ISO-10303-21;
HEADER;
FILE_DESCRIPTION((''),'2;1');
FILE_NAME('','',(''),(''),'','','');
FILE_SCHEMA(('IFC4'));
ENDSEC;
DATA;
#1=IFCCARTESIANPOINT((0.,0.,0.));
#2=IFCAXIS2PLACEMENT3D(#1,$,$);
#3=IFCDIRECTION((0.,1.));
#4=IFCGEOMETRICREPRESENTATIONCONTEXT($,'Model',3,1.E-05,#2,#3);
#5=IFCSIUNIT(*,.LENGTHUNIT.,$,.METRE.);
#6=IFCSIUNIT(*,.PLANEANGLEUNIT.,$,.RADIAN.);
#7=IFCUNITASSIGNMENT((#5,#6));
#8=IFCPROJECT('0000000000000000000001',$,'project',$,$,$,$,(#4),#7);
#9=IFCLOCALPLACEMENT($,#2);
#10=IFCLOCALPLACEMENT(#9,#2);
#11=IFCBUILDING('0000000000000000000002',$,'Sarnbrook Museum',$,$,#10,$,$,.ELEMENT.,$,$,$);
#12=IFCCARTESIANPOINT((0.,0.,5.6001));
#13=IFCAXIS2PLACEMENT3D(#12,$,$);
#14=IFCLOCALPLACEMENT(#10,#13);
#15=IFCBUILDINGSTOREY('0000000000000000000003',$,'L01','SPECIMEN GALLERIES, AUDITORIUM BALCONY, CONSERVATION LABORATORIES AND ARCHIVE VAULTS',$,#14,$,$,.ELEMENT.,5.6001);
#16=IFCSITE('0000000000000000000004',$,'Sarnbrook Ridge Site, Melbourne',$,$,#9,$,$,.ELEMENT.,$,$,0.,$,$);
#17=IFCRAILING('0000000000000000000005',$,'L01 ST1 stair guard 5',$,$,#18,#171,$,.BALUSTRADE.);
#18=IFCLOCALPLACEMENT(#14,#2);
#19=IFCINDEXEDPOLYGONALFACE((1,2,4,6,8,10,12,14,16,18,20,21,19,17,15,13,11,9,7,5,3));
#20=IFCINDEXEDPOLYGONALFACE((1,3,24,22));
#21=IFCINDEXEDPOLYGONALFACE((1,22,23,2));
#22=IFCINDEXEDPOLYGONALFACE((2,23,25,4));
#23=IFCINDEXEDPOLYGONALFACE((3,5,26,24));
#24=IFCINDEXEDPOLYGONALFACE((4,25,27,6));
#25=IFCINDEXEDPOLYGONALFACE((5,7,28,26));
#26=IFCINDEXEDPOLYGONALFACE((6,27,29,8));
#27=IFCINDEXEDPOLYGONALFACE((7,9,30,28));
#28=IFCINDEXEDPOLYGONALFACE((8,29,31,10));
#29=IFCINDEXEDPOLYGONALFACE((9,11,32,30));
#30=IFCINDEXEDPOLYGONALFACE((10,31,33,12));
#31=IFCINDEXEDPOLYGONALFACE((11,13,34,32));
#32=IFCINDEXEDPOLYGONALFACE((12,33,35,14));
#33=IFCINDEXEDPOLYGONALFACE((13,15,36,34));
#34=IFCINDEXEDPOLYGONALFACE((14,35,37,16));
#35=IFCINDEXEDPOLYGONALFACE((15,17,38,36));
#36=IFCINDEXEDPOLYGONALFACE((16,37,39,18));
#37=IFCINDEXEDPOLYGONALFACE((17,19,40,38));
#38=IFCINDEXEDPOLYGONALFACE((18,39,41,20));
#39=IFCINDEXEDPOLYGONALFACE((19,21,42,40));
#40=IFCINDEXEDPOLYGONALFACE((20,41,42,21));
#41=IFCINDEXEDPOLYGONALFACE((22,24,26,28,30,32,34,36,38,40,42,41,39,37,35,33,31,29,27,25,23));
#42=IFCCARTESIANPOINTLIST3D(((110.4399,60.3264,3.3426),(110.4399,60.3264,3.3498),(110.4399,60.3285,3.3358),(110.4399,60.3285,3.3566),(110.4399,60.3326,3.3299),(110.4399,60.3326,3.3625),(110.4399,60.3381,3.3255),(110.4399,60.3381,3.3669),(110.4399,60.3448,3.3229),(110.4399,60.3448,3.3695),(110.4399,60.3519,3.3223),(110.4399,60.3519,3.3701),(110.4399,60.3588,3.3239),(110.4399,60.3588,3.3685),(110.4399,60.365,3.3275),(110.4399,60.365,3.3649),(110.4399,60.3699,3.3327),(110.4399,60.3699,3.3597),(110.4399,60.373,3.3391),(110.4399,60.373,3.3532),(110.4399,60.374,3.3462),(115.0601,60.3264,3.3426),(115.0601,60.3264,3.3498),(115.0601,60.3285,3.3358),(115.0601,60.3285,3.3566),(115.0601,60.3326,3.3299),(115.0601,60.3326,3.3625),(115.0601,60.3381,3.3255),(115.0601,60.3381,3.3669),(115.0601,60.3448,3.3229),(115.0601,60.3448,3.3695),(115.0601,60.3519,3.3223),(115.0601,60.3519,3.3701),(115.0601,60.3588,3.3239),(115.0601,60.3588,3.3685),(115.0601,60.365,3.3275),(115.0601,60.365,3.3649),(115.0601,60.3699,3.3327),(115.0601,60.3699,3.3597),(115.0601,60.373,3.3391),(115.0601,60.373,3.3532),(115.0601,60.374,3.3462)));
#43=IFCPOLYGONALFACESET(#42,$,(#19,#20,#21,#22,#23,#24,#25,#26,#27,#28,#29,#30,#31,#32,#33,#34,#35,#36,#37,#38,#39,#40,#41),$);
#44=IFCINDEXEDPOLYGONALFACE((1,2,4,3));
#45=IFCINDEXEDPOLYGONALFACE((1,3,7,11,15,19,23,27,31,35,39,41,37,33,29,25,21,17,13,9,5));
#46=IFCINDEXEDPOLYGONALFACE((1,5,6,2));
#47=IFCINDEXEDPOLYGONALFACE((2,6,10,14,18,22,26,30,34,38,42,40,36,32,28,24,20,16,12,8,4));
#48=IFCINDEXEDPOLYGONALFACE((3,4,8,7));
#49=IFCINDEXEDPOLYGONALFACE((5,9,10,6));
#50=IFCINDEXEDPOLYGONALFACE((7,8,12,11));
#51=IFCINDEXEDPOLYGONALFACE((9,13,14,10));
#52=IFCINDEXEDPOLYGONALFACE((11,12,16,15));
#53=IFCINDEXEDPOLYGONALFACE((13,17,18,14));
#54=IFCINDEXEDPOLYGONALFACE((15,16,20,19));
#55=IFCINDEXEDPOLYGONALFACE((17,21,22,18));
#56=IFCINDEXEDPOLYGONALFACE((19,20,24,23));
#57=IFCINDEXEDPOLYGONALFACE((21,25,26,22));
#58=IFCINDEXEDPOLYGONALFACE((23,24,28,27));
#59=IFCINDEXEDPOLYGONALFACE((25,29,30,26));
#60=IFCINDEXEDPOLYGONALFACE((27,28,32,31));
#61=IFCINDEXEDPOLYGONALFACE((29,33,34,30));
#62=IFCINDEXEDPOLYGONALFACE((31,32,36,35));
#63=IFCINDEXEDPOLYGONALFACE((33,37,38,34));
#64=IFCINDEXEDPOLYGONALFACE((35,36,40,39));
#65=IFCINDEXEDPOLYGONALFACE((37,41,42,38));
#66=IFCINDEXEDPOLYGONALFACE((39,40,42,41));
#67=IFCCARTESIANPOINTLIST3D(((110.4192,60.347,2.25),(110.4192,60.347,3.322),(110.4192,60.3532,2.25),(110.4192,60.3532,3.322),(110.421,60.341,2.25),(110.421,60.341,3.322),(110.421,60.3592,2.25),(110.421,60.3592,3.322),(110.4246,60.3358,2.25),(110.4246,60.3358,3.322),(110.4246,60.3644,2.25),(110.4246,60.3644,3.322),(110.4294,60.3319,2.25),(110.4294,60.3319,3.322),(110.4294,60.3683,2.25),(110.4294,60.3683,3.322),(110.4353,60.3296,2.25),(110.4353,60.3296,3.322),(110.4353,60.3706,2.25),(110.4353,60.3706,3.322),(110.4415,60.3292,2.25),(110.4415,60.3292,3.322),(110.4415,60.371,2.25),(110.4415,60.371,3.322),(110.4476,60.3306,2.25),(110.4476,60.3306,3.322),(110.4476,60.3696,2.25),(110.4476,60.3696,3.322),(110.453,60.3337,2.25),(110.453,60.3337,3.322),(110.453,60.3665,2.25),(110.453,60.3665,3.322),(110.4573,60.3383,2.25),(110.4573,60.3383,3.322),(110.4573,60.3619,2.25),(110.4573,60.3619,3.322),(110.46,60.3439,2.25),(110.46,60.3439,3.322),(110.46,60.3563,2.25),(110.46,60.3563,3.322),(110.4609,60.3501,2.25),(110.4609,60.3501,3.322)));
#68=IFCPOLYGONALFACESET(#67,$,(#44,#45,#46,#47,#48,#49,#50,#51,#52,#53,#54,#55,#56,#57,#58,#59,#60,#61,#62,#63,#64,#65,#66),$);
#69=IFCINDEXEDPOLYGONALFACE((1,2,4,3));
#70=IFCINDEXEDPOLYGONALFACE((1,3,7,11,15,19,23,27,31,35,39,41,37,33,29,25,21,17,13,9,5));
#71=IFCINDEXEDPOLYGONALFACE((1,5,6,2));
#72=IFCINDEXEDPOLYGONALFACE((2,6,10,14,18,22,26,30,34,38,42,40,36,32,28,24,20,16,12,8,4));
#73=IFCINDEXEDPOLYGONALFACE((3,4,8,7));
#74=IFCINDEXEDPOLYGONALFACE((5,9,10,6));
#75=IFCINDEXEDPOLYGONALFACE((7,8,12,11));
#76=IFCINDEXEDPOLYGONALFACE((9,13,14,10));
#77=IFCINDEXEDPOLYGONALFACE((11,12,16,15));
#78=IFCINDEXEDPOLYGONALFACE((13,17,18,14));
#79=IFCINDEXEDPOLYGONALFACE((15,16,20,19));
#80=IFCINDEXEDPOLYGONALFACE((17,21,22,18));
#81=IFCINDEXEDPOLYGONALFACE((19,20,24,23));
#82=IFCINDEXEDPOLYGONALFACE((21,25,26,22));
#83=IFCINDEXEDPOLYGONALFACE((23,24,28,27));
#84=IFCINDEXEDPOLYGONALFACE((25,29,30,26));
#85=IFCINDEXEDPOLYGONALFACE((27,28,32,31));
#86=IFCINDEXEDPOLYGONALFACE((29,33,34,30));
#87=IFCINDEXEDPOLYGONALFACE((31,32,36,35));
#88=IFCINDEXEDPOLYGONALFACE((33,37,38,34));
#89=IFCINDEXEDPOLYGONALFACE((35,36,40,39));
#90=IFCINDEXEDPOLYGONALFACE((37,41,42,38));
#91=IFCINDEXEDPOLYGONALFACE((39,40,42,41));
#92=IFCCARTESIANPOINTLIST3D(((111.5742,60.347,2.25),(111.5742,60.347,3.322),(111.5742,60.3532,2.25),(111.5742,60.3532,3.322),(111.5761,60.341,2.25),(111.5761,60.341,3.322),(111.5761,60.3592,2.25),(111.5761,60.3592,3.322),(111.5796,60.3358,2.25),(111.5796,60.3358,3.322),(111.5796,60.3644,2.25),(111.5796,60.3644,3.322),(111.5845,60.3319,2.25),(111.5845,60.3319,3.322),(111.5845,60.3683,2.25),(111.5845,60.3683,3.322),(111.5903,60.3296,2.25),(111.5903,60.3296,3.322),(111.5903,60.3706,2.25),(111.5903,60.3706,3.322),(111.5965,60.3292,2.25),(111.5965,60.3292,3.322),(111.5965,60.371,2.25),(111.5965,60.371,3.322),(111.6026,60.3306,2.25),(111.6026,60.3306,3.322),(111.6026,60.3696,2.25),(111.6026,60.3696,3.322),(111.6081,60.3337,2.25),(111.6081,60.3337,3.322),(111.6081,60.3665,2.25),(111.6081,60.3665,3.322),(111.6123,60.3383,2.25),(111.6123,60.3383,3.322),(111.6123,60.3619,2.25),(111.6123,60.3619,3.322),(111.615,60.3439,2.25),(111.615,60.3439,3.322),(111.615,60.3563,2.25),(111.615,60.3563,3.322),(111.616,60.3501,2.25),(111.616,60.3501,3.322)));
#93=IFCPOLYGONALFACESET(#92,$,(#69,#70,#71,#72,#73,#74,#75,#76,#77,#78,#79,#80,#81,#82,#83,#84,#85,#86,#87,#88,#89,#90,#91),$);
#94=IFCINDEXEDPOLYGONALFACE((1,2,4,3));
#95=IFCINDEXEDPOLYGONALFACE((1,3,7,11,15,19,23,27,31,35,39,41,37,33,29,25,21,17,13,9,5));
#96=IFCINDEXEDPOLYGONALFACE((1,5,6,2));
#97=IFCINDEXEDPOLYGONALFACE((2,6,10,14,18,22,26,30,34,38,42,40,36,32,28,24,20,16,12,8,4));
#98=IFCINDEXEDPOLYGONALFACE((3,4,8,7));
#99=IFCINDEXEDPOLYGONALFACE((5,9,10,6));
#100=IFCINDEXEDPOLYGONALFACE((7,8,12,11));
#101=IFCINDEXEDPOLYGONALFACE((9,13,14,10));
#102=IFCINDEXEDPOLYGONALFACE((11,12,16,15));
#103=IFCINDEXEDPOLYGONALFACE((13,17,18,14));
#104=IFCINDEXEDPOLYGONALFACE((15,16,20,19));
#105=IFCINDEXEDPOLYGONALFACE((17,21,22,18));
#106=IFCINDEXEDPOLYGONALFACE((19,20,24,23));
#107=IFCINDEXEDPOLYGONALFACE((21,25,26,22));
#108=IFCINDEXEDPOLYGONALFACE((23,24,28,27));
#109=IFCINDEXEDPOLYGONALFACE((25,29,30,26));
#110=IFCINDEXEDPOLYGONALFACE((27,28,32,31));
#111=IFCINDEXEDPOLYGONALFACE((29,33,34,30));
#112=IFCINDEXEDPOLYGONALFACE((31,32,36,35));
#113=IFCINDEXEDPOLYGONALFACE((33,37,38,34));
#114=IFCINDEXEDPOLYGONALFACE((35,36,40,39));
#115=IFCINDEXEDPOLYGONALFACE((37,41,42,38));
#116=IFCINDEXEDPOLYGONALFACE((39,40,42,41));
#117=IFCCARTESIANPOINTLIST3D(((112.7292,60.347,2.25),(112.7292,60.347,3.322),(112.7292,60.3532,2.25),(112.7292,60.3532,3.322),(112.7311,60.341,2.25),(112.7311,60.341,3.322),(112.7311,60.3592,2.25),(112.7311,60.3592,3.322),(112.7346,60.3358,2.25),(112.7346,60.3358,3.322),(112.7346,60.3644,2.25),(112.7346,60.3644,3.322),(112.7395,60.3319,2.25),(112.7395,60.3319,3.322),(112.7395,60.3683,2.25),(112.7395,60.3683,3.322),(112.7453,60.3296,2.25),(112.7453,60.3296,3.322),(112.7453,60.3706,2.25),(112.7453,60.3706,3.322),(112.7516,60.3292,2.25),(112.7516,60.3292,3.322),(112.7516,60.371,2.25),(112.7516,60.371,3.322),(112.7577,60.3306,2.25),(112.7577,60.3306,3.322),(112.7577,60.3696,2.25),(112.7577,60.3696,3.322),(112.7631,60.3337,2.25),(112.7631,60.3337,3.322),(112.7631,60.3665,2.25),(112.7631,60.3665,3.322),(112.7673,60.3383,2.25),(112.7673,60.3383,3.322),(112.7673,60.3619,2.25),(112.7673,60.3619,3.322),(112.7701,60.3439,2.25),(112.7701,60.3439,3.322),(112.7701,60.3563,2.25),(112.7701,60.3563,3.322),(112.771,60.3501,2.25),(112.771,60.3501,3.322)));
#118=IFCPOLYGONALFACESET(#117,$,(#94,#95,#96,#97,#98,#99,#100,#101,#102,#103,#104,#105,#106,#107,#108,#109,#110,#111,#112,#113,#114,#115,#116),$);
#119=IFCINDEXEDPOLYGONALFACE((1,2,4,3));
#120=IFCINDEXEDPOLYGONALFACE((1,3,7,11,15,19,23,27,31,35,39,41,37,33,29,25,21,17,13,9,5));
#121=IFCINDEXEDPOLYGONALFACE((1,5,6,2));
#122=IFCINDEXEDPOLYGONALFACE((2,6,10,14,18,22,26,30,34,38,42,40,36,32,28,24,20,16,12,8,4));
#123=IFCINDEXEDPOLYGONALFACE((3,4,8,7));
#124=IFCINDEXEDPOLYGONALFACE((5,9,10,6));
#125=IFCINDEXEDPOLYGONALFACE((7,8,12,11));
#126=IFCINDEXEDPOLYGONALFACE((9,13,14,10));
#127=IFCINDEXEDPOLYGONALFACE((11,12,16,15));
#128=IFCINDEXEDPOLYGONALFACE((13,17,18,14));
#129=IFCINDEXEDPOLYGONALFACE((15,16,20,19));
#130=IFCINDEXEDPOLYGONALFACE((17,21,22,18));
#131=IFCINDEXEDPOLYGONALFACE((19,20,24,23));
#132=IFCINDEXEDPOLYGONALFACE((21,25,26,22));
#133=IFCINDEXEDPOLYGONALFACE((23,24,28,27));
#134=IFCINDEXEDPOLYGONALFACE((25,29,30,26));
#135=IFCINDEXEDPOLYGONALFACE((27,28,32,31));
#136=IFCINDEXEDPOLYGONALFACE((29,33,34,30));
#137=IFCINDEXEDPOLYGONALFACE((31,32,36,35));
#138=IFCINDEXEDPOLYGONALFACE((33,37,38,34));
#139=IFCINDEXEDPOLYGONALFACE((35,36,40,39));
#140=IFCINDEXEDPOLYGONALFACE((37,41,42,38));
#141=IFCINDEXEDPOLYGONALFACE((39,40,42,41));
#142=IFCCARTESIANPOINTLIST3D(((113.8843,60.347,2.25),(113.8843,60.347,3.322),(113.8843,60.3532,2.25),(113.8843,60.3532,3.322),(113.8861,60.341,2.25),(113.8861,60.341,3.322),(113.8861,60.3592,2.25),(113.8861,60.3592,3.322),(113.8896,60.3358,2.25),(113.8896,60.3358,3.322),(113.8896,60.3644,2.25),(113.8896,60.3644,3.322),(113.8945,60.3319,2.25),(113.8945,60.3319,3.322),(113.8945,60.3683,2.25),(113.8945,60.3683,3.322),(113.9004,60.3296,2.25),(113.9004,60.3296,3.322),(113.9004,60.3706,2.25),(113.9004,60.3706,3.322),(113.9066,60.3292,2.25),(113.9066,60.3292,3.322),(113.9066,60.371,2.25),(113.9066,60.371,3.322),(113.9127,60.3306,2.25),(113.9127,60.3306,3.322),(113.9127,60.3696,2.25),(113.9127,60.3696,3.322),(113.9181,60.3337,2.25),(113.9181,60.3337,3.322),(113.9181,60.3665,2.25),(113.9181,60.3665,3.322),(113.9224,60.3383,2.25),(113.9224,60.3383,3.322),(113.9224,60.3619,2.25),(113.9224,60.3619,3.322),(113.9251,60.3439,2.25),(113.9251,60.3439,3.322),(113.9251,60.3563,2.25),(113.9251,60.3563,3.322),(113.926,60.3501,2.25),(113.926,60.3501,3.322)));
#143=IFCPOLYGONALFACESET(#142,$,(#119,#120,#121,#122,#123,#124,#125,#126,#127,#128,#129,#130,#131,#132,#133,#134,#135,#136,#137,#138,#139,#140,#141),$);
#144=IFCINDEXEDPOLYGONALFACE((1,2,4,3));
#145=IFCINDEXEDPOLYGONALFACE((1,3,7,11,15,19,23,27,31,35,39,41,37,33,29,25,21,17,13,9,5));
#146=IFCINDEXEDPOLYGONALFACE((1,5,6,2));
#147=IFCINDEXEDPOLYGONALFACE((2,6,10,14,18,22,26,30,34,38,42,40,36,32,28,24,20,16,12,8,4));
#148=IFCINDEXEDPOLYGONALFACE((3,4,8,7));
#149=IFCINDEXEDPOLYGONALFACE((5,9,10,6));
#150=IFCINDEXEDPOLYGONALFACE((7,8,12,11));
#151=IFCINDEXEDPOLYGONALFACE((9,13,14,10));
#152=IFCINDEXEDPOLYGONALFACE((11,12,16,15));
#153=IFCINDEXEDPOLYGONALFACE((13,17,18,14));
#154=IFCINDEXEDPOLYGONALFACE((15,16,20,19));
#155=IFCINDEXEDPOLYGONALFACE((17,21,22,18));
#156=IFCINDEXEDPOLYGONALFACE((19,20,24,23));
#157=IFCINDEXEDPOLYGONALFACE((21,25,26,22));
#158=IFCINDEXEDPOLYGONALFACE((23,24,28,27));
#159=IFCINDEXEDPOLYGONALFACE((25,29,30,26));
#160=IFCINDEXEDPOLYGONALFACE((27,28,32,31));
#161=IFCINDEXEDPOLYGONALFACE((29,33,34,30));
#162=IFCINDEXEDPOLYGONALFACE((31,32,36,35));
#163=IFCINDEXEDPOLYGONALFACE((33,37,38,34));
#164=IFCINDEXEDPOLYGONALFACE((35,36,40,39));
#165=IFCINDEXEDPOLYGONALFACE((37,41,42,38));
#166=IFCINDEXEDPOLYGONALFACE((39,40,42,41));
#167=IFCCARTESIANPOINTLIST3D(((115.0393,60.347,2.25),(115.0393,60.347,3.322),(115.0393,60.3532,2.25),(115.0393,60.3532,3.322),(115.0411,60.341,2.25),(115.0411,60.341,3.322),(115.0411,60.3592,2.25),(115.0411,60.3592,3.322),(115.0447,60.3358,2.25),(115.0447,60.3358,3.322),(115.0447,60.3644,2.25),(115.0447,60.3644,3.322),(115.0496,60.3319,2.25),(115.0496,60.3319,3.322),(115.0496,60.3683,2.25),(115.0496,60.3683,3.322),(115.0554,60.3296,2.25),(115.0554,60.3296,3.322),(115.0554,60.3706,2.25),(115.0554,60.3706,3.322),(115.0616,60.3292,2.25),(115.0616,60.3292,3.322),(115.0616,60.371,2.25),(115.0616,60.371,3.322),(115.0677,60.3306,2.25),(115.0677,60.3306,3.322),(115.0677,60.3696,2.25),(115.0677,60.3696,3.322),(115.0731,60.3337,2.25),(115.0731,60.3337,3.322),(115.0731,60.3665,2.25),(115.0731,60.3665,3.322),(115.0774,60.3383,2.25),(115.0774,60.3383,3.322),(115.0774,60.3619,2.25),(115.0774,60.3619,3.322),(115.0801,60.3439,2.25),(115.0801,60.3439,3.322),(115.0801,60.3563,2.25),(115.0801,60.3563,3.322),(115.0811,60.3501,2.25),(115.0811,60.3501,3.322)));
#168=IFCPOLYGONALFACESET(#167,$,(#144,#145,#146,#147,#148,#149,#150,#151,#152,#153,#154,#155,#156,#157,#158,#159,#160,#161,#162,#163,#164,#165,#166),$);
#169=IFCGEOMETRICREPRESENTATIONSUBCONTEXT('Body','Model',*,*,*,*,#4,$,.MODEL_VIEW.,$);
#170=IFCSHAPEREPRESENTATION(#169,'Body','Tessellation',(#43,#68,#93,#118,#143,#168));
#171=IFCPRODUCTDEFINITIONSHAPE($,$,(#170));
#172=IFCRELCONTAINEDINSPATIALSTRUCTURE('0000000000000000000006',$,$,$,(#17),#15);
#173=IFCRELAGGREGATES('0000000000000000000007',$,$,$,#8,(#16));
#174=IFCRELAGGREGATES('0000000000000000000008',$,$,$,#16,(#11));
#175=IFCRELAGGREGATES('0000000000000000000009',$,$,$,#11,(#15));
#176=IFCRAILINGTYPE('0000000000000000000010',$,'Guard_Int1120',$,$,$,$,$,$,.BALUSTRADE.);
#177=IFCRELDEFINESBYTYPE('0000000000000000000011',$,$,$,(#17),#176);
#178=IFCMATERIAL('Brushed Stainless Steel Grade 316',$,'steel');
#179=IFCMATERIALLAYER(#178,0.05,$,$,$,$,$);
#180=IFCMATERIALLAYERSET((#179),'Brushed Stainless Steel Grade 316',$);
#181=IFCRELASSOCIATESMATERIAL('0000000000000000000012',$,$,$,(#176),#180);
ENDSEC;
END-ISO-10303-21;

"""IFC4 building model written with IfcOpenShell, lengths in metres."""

from ifc_helpers import new_model, si_unit, direction, frame, origin, origin_2d, place, context, subcontext, project, spatial, circle, extrude, material, layer, layer_set, type_object, element, save


model = new_model("IFC4")

# Units and contexts
model_context = context("Model", 3, precision=1e-05, world=origin(), true_north=direction((0.0, 1.0)))
body_context = subcontext(model_context, "Body", "Model", "MODEL_VIEW")
ifc_project = project(units=[si_unit("LENGTHUNIT", "METRE"), si_unit("PLANEANGLEUNIT", "RADIAN")], contexts=[model_context])

# Site, building, storey
site_placement = place(None, origin())
site = spatial("IfcSite", under=ifc_project, at=site_placement, Name="Sarnbrook Ridge Site, Melbourne", CompositionType="ELEMENT", RefElevation=0.0)
building_placement = place(site_placement, origin())
building = spatial("IfcBuilding", under=site, at=building_placement, Name="Sarnbrook Museum", CompositionType="ELEMENT")
storey_placement = place(building_placement, frame((0.0, 0.0, 5.6001)))
storey = spatial("IfcBuildingStorey", under=building, at=storey_placement, Name="L01", Description="SPECIMEN GALLERIES, AUDITORIUM BALCONY, CONSERVATION LABORATORIES AND ARCHIVE VAULTS", CompositionType="ELEMENT", Elevation=5.6001)

# Railing
ifc_material_1 = material(Name="Brushed Stainless Steel Grade 316", Category="steel")
ifc_layer_1 = layer(ifc_material_1, 0.05)
ifc_layer_set_1 = layer_set([ifc_layer_1], Name="Brushed Stainless Steel Grade 316")
railing_type_1 = type_object("IfcRailingType", Name="Guard_Int1120", PredefinedType="BALUSTRADE", material=ifc_layer_set_1)
railing_1_placement = place(storey_placement, frame((110.4399, 60.3501, 2.25)))
element("IfcRailing", 1, at=railing_1_placement, inside=storey, type_object=railing_type_1, Name="L01 ST1 stair guard 5", PredefinedType="BALUSTRADE", context=body_context, shape_type="SweptSolid", body=[
    extrude(circle(Radius=0.0239, at=origin_2d()), frame((0.0, 0.0, 1.0962), z_axis=(1.0, 0.0, 0.0), x_axis=(0.0, 1.0, 0.0)), (0.0, 0.0, 1.0), 4.6201),
    extrude(circle(Radius=0.021, at=origin_2d()), origin(), (0.0, 0.0, 1.0), 1.072),
    extrude(circle(Radius=0.021, at=origin_2d()), frame((1.155, 0.0, 0.0)), (0.0, 0.0, 1.0), 1.072),
    extrude(circle(Radius=0.021, at=origin_2d()), frame((2.3101, 0.0, 0.0)), (0.0, 0.0, 1.0), 1.072),
    extrude(circle(Radius=0.021, at=origin_2d()), frame((3.4651, 0.0, 0.0)), (0.0, 0.0, 1.0), 1.072),
    extrude(circle(Radius=0.021, at=origin_2d()), frame((4.6201, 0.0, 0.0)), (0.0, 0.0, 1.0), 1.072),
])

save(model, "model.ifc")
